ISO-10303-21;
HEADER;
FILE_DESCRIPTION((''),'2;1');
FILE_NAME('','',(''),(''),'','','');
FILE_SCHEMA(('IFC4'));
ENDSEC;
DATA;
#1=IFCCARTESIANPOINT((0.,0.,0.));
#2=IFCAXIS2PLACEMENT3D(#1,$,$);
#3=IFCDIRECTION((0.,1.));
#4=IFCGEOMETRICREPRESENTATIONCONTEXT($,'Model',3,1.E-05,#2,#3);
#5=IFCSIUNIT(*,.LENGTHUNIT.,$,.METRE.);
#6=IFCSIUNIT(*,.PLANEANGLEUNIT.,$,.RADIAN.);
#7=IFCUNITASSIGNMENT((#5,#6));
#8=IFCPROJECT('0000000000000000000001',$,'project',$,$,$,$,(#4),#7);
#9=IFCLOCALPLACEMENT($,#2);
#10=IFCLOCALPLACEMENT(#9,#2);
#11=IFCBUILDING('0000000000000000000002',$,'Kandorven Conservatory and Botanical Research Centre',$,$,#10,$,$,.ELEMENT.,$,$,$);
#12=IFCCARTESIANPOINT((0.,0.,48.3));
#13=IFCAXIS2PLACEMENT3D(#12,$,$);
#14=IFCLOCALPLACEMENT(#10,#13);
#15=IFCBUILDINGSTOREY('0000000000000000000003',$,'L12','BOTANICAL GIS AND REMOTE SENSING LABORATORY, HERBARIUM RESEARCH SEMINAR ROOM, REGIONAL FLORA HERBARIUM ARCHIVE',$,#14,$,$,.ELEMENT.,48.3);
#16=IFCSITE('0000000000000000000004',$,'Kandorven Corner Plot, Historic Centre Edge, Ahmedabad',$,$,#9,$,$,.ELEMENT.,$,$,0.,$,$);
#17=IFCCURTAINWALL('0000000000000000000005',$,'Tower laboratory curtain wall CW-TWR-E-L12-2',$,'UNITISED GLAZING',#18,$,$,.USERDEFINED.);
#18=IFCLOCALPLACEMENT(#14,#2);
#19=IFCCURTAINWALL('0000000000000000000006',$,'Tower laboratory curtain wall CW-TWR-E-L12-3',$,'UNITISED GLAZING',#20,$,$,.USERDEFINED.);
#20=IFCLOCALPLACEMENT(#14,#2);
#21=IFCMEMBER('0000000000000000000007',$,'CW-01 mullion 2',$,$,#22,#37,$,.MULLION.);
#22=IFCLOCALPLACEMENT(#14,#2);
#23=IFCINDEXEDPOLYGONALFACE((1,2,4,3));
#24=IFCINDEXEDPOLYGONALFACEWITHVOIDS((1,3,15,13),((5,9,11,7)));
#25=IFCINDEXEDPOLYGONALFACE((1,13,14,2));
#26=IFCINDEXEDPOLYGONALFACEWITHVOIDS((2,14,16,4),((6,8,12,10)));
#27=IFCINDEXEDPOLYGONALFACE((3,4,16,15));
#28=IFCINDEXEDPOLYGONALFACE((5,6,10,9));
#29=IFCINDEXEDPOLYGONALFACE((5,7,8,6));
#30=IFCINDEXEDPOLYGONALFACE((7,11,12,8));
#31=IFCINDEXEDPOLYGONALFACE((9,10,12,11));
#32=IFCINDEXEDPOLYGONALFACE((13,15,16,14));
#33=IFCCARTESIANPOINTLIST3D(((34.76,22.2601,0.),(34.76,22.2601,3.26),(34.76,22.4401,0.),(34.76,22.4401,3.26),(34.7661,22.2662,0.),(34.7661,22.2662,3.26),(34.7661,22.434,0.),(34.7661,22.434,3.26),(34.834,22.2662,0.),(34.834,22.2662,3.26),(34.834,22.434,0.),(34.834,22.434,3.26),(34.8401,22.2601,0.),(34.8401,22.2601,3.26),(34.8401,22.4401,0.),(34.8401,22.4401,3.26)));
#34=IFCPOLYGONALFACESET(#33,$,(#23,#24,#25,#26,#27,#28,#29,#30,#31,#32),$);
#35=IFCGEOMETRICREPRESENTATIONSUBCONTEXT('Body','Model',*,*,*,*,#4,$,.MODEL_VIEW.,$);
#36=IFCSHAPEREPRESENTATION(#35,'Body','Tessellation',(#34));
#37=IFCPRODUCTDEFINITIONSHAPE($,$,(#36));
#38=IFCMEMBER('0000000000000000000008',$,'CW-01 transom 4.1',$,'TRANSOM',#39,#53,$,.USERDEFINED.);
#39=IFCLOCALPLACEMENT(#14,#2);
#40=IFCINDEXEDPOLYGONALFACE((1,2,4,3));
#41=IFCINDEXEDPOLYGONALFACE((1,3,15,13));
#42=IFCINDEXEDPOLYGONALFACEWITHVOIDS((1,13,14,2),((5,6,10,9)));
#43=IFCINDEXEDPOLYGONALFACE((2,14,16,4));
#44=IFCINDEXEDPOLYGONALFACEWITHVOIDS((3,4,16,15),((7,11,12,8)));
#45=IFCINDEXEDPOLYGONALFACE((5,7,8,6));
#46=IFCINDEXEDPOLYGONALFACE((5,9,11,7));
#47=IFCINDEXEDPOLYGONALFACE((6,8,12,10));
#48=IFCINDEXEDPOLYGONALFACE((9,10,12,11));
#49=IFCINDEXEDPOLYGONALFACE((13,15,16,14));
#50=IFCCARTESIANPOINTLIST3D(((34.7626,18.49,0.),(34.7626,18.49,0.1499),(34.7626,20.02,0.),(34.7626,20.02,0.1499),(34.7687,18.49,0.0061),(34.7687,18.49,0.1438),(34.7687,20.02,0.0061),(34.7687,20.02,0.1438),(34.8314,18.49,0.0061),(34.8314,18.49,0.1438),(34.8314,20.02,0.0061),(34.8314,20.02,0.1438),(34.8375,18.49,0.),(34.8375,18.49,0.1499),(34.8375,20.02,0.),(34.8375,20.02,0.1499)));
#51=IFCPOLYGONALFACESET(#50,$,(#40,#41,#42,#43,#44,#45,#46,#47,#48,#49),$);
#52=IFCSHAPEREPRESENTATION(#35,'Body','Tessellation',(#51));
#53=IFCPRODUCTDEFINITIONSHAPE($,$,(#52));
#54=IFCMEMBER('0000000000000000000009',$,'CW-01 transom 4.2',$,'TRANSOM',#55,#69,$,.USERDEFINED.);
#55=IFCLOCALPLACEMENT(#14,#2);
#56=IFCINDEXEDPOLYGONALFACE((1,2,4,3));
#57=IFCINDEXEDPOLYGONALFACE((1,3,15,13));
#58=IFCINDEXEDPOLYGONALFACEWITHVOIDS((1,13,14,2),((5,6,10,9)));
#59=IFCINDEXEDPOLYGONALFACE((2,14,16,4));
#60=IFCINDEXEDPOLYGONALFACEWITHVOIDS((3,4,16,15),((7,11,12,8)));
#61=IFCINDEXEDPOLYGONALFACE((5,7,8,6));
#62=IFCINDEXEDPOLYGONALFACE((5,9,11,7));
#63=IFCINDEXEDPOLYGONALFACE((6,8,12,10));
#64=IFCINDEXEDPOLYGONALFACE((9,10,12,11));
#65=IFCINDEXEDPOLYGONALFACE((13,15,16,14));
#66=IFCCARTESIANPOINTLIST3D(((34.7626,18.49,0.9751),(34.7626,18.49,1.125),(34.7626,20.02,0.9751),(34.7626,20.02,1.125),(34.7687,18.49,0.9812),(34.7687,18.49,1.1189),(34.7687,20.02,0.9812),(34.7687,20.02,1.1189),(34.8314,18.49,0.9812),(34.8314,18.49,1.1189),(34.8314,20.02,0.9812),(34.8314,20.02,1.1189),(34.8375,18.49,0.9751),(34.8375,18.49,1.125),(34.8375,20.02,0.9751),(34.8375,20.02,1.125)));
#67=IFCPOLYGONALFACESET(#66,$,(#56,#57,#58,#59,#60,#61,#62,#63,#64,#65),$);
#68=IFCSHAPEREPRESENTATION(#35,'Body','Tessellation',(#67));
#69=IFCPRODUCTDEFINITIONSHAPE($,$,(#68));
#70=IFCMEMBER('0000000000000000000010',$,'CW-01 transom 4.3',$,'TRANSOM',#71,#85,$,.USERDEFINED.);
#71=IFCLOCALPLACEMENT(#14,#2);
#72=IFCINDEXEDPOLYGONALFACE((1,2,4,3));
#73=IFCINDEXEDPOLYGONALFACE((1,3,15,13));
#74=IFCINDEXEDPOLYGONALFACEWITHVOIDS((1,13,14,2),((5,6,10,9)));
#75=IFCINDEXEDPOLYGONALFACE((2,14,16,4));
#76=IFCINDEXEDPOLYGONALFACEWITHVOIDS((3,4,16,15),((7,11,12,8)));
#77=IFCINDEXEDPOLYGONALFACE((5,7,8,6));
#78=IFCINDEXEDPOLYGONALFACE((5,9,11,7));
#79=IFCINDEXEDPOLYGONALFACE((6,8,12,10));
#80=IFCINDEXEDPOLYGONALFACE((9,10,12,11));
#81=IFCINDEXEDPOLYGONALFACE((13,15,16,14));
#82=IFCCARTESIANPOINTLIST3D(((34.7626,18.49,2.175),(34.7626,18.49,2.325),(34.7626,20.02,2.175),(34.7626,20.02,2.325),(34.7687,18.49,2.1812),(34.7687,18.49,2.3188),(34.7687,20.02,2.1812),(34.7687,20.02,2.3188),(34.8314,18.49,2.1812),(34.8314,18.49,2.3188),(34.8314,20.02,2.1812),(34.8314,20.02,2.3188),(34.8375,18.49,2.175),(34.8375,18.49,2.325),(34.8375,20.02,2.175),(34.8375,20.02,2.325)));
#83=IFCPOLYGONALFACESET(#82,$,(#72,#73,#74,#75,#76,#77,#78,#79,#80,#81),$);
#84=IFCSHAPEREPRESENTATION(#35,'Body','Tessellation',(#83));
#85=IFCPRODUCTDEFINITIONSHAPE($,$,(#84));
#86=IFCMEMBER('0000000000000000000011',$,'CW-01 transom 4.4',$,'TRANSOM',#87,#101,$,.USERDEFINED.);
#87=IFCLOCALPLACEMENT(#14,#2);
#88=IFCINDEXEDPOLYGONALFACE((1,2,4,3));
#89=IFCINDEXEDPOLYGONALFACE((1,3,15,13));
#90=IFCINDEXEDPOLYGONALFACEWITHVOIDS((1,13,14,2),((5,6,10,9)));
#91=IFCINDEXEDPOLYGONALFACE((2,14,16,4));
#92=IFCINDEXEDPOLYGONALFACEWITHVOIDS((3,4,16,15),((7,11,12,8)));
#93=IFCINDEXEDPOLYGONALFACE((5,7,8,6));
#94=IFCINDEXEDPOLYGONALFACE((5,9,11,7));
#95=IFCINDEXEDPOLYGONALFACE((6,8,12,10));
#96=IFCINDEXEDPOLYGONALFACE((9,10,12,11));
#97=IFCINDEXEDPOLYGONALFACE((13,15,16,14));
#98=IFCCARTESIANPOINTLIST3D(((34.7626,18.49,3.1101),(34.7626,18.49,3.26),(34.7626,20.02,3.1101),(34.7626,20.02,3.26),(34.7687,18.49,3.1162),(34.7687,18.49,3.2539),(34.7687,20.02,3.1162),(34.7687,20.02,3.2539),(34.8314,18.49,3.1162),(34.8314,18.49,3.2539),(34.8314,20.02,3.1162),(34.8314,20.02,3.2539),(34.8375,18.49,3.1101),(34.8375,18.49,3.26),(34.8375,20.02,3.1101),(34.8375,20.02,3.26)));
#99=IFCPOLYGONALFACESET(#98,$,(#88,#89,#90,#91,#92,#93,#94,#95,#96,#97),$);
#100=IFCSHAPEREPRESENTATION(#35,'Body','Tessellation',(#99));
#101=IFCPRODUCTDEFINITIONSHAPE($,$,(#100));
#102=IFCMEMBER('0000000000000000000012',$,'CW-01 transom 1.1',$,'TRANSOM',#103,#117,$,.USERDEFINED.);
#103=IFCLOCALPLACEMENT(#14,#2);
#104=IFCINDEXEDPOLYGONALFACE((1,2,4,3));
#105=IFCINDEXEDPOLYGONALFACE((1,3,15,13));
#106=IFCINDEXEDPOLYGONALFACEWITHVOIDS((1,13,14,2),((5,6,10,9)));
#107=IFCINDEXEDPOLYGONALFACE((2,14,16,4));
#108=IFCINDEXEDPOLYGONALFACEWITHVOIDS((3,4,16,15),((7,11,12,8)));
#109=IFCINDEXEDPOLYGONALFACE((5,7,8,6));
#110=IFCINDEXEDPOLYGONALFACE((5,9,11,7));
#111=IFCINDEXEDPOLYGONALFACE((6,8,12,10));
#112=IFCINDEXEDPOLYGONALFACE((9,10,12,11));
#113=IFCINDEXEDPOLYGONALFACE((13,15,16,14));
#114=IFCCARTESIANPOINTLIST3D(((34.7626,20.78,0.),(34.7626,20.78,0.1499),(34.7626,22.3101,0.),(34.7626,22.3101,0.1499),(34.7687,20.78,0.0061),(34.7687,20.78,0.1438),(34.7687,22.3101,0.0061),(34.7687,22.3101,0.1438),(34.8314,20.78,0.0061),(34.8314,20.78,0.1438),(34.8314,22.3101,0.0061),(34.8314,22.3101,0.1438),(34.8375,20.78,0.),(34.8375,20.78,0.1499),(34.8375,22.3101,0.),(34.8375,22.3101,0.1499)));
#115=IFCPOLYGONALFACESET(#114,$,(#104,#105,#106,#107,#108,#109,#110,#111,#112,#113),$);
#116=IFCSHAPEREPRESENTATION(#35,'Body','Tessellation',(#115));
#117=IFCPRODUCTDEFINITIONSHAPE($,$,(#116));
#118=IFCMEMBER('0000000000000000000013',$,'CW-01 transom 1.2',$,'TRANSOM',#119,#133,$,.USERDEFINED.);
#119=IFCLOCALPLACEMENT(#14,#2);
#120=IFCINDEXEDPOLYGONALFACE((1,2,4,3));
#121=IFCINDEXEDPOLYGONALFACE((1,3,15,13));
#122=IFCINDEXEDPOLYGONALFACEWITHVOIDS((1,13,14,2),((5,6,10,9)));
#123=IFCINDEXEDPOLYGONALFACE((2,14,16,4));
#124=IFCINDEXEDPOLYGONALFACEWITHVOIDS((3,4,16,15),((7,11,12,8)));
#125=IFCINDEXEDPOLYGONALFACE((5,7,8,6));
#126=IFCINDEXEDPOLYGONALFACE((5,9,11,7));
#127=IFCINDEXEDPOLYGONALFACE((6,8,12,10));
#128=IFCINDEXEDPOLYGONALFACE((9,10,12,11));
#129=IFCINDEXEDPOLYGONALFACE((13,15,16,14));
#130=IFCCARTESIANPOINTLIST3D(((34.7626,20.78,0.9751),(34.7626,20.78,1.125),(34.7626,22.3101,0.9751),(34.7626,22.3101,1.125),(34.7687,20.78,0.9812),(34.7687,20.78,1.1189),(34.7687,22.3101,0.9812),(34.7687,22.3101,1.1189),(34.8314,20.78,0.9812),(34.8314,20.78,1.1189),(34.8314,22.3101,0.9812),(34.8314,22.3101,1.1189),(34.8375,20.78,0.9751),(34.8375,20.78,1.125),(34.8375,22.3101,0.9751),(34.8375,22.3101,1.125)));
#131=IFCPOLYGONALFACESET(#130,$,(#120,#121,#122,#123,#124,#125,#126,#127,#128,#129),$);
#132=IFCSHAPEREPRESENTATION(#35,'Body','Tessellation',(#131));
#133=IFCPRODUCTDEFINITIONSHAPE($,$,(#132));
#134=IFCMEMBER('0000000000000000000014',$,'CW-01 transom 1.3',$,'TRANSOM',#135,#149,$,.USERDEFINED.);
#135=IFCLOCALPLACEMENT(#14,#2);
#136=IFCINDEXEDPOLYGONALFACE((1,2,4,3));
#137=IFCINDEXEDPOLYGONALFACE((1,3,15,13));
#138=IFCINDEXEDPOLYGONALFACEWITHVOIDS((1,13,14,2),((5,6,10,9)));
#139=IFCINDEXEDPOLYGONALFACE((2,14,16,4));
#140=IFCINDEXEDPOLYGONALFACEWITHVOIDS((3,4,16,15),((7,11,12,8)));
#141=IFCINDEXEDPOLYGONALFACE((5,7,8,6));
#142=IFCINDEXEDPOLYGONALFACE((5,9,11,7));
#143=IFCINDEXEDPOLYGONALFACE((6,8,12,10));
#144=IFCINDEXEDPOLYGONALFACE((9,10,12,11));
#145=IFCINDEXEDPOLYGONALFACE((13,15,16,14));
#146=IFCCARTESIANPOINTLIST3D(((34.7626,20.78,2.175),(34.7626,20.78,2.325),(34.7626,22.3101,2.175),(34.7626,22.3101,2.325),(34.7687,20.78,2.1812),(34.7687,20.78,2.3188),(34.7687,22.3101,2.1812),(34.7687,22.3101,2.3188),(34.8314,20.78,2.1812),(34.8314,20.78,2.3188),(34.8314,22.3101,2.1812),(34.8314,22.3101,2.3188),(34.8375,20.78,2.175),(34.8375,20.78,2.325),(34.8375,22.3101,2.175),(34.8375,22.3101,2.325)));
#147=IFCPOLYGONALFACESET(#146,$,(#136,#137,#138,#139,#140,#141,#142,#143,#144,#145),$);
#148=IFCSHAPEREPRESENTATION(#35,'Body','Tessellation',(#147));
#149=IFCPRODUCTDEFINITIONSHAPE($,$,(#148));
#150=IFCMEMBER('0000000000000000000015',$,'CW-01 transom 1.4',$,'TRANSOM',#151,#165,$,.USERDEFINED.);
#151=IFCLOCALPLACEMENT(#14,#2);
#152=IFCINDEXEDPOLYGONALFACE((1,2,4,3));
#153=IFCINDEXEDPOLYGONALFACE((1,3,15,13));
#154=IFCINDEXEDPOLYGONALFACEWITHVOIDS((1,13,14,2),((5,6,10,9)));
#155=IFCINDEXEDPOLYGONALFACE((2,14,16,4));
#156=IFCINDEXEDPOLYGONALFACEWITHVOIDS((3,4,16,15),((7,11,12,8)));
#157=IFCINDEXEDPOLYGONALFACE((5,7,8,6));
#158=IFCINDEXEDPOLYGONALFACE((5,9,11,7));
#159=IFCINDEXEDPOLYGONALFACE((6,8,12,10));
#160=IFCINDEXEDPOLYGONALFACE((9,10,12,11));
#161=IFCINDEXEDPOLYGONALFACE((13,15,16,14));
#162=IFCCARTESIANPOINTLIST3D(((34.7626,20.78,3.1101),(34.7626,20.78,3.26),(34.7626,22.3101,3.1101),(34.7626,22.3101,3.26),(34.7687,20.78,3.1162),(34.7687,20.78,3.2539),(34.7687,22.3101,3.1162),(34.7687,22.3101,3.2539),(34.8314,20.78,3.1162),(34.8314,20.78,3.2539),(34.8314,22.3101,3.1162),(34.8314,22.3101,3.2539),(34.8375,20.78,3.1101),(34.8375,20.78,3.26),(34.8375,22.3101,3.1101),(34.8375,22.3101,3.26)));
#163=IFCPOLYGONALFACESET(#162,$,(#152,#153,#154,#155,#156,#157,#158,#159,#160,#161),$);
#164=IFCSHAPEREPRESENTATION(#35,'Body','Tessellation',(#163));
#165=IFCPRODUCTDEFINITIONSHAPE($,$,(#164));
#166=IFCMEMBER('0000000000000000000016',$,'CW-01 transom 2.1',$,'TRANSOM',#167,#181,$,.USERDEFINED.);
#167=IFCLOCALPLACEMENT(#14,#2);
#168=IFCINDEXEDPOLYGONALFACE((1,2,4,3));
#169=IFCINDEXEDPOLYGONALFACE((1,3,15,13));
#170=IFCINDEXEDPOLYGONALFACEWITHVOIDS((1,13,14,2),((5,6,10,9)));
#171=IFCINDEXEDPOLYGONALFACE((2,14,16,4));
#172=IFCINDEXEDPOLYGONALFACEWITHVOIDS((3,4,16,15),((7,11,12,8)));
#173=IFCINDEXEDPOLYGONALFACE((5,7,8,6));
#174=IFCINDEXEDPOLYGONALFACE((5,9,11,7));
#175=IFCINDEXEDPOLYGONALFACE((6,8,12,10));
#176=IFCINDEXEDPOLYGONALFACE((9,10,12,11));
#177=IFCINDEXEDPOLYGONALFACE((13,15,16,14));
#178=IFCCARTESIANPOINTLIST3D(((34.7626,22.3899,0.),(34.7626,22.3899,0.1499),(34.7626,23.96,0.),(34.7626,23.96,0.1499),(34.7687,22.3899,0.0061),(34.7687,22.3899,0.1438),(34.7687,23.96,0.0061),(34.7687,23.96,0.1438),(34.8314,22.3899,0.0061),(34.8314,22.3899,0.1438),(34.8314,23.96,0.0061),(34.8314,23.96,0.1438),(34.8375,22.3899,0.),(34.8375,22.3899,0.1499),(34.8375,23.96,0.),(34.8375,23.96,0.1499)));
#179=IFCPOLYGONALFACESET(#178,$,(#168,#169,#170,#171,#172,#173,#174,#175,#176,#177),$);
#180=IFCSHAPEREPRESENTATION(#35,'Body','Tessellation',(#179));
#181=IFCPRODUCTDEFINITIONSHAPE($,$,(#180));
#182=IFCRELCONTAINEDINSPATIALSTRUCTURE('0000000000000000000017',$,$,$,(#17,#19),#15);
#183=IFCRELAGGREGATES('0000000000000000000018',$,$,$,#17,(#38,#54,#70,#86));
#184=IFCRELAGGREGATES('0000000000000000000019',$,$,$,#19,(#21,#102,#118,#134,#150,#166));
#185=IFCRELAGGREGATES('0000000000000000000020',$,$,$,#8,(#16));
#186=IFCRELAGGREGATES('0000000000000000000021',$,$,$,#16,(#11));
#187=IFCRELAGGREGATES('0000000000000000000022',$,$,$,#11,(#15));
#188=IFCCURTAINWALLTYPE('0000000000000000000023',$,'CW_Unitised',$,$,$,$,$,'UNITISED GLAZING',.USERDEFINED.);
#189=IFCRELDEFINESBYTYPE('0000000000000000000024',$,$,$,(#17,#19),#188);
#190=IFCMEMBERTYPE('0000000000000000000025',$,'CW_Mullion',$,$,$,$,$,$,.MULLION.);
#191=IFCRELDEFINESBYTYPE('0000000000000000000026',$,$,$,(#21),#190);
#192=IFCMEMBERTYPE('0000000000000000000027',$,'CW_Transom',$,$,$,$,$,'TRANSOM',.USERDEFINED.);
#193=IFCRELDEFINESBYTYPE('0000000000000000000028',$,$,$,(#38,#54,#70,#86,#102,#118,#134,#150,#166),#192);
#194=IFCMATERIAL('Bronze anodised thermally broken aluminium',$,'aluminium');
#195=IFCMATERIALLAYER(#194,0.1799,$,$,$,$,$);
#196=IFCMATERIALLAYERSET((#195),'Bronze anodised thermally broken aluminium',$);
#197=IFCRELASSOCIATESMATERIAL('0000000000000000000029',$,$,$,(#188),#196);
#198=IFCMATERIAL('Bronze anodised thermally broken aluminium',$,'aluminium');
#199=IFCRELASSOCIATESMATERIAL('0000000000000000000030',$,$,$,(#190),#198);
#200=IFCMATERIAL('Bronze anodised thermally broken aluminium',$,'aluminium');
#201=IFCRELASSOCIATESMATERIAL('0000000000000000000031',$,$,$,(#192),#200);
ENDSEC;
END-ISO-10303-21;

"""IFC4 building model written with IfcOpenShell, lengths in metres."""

from ifc_helpers import new_model, si_unit, direction, frame, origin, origin_2d, place, context, subcontext, project, spatial, hollow_rectangle, extrude, material, layer, layer_set, material_profile, profile_set, type_object, element, aggregate, save


model = new_model("IFC4")

# Units and contexts
model_context = context("Model", 3, precision=1e-05, world=origin(), true_north=direction((0.0, 1.0)))
body_context = subcontext(model_context, "Body", "Model", "MODEL_VIEW")
ifc_project = project(units=[si_unit("LENGTHUNIT", "METRE"), si_unit("PLANEANGLEUNIT", "RADIAN")], contexts=[model_context])

# Site, building, storey
site_placement = place(None, origin())
site = spatial("IfcSite", under=ifc_project, at=site_placement, Name="Kandorven Corner Plot, Historic Centre Edge, Ahmedabad", CompositionType="ELEMENT", RefElevation=0.0)
building_placement = place(site_placement, origin())
building = spatial("IfcBuilding", under=site, at=building_placement, Name="Kandorven Conservatory and Botanical Research Centre", CompositionType="ELEMENT")
storey_placement = place(building_placement, frame((0.0, 0.0, 48.3)))
storey = spatial("IfcBuildingStorey", under=building, at=storey_placement, Name="L12", Description="BOTANICAL GIS AND REMOTE SENSING LABORATORY, HERBARIUM RESEARCH SEMINAR ROOM, REGIONAL FLORA HERBARIUM ARCHIVE", CompositionType="ELEMENT", Elevation=48.3)

# Curtain walls, member
ifc_material_1 = material(Name="Bronze anodised thermally broken aluminium", Category="aluminium")
ifc_layer_1 = layer(ifc_material_1, 0.1799)
ifc_layer_set_1 = layer_set([ifc_layer_1], Name="Bronze anodised thermally broken aluminium")
curtain_wall_type = type_object("IfcCurtainWallType", Name="CW_Unitised", ElementType="UNITISED GLAZING", PredefinedType="USERDEFINED", material=ifc_layer_set_1)
curtain_wall_1_placement = place(storey_placement, origin())
curtain_wall_1 = element("IfcCurtainWall", 1, at=curtain_wall_1_placement, inside=storey, type_object=curtain_wall_type, Name="Tower laboratory curtain wall CW-TWR-E-L12-2", ObjectType="UNITISED GLAZING", PredefinedType="USERDEFINED")
ifc_material_2 = material(Name="Bronze anodised thermally broken aluminium", Category="aluminium")
ifc_material_profile_1 = material_profile(ifc_material_2, hollow_rectangle(XDim=0.0801, YDim=0.1799, WallThickness=0.0061, at=origin_2d()))
ifc_profile_set_1 = profile_set([ifc_material_profile_1], Name="Bronze anodised thermally broken aluminium")
member_type_1 = type_object("IfcMemberType", Name="CW_Mullion", PredefinedType="MULLION", material=ifc_profile_set_1)
curtain_wall_2_placement = place(storey_placement, origin())
curtain_wall_2 = element("IfcCurtainWall", 2, at=curtain_wall_2_placement, inside=storey, type_object=curtain_wall_type, Name="Tower laboratory curtain wall CW-TWR-E-L12-3", ObjectType="UNITISED GLAZING", PredefinedType="USERDEFINED")
member_1_placement = place(storey_placement, frame((34.8, 22.3501, 0.0), z_axis=(0.0, 0.0, 1.0), x_axis=(-1.0, 0.0, 0.0)))
member_1 = element("IfcMember", 3, at=member_1_placement, type_object=member_type_1, Name="CW-01 mullion 2", PredefinedType="MULLION", context=body_context, shape_type="SweptSolid", body=[
    extrude(hollow_rectangle(XDim=0.0801, YDim=0.1799, WallThickness=0.0061, at=origin_2d()), origin(), (0.0, 0.0, 1.0), 3.26),
])

# Members
ifc_material_3 = material(Name="Bronze anodised thermally broken aluminium", Category="aluminium")
ifc_material_profile_2 = material_profile(ifc_material_3, hollow_rectangle(XDim=0.075, YDim=0.1499, WallThickness=0.0061, at=origin_2d()))
ifc_profile_set_2 = profile_set([ifc_material_profile_2], Name="Bronze anodised thermally broken aluminium")
member_type_2 = type_object("IfcMemberType", Name="CW_Transom", ElementType="TRANSOM", PredefinedType="USERDEFINED", material=ifc_profile_set_2)
member_2_placement = place(storey_placement, frame((34.8, 18.49, 0.075), z_axis=(0.0, 1.0, 0.0), x_axis=(-1.0, 0.0, 0.0)))
member_2 = element("IfcMember", 4, at=member_2_placement, type_object=member_type_2, Name="CW-01 transom 4.1", ObjectType="TRANSOM", PredefinedType="USERDEFINED", context=body_context, shape_type="SweptSolid", body=[
    extrude(hollow_rectangle(XDim=0.075, YDim=0.1499, WallThickness=0.0061, at=origin_2d()), origin(), (0.0, 0.0, 1.0), 1.53),
])
member_3_placement = place(storey_placement, frame((34.8, 18.49, 1.05), z_axis=(0.0, 1.0, 0.0), x_axis=(-1.0, 0.0, 0.0)))
member_3 = element("IfcMember", 5, at=member_3_placement, type_object=member_type_2, Name="CW-01 transom 4.2", ObjectType="TRANSOM", PredefinedType="USERDEFINED", context=body_context, shape_type="SweptSolid", body=[
    extrude(hollow_rectangle(XDim=0.075, YDim=0.1499, WallThickness=0.0061, at=origin_2d()), origin(), (0.0, 0.0, 1.0), 1.53),
])
member_4_placement = place(storey_placement, frame((34.8, 18.49, 2.25), z_axis=(0.0, 1.0, 0.0), x_axis=(-1.0, 0.0, 0.0)))
member_4 = element("IfcMember", 6, at=member_4_placement, type_object=member_type_2, Name="CW-01 transom 4.3", ObjectType="TRANSOM", PredefinedType="USERDEFINED", context=body_context, shape_type="SweptSolid", body=[
    extrude(hollow_rectangle(XDim=0.075, YDim=0.1499, WallThickness=0.0061, at=origin_2d()), origin(), (0.0, 0.0, 1.0), 1.53),
])
member_5_placement = place(storey_placement, frame((34.8, 18.49, 3.1851), z_axis=(0.0, 1.0, 0.0), x_axis=(-1.0, 0.0, 0.0)))
member_5 = element("IfcMember", 7, at=member_5_placement, type_object=member_type_2, Name="CW-01 transom 4.4", ObjectType="TRANSOM", PredefinedType="USERDEFINED", context=body_context, shape_type="SweptSolid", body=[
    extrude(hollow_rectangle(XDim=0.075, YDim=0.1499, WallThickness=0.0061, at=origin_2d()), origin(), (0.0, 0.0, 1.0), 1.53),
])
member_6_placement = place(storey_placement, frame((34.8, 20.78, 0.075), z_axis=(0.0, 1.0, 0.0), x_axis=(-1.0, 0.0, 0.0)))
member_6 = element("IfcMember", 8, at=member_6_placement, type_object=member_type_2, Name="CW-01 transom 1.1", ObjectType="TRANSOM", PredefinedType="USERDEFINED", context=body_context, shape_type="SweptSolid", body=[
    extrude(hollow_rectangle(XDim=0.075, YDim=0.1499, WallThickness=0.0061, at=origin_2d()), origin(), (0.0, 0.0, 1.0), 1.53),
])
member_7_placement = place(storey_placement, frame((34.8, 20.78, 1.05), z_axis=(0.0, 1.0, 0.0), x_axis=(-1.0, 0.0, 0.0)))
member_7 = element("IfcMember", 9, at=member_7_placement, type_object=member_type_2, Name="CW-01 transom 1.2", ObjectType="TRANSOM", PredefinedType="USERDEFINED", context=body_context, shape_type="SweptSolid", body=[
    extrude(hollow_rectangle(XDim=0.075, YDim=0.1499, WallThickness=0.0061, at=origin_2d()), origin(), (0.0, 0.0, 1.0), 1.53),
])
member_8_placement = place(storey_placement, frame((34.8, 20.78, 2.25), z_axis=(0.0, 1.0, 0.0), x_axis=(-1.0, 0.0, 0.0)))
member_8 = element("IfcMember", 10, at=member_8_placement, type_object=member_type_2, Name="CW-01 transom 1.3", ObjectType="TRANSOM", PredefinedType="USERDEFINED", context=body_context, shape_type="SweptSolid", body=[
    extrude(hollow_rectangle(XDim=0.075, YDim=0.1499, WallThickness=0.0061, at=origin_2d()), origin(), (0.0, 0.0, 1.0), 1.53),
])
member_9_placement = place(storey_placement, frame((34.8, 20.78, 3.1851), z_axis=(0.0, 1.0, 0.0), x_axis=(-1.0, 0.0, 0.0)))
member_9 = element("IfcMember", 11, at=member_9_placement, type_object=member_type_2, Name="CW-01 transom 1.4", ObjectType="TRANSOM", PredefinedType="USERDEFINED", context=body_context, shape_type="SweptSolid", body=[
    extrude(hollow_rectangle(XDim=0.075, YDim=0.1499, WallThickness=0.0061, at=origin_2d()), origin(), (0.0, 0.0, 1.0), 1.53),
])
member_10_placement = place(storey_placement, frame((34.8, 22.3899, 0.075), z_axis=(0.0, 1.0, 0.0), x_axis=(-1.0, 0.0, 0.0)))
member_10 = element("IfcMember", 12, at=member_10_placement, type_object=member_type_2, Name="CW-01 transom 2.1", ObjectType="TRANSOM", PredefinedType="USERDEFINED", context=body_context, shape_type="SweptSolid", body=[
    extrude(hollow_rectangle(XDim=0.075, YDim=0.1499, WallThickness=0.0061, at=origin_2d()), origin(), (0.0, 0.0, 1.0), 1.5701),
])

aggregate(curtain_wall_1, [member_2, member_3, member_4, member_5])
aggregate(curtain_wall_2, [member_1, member_6, member_7, member_8, member_9, member_10])

save(model, "model.ifc")
